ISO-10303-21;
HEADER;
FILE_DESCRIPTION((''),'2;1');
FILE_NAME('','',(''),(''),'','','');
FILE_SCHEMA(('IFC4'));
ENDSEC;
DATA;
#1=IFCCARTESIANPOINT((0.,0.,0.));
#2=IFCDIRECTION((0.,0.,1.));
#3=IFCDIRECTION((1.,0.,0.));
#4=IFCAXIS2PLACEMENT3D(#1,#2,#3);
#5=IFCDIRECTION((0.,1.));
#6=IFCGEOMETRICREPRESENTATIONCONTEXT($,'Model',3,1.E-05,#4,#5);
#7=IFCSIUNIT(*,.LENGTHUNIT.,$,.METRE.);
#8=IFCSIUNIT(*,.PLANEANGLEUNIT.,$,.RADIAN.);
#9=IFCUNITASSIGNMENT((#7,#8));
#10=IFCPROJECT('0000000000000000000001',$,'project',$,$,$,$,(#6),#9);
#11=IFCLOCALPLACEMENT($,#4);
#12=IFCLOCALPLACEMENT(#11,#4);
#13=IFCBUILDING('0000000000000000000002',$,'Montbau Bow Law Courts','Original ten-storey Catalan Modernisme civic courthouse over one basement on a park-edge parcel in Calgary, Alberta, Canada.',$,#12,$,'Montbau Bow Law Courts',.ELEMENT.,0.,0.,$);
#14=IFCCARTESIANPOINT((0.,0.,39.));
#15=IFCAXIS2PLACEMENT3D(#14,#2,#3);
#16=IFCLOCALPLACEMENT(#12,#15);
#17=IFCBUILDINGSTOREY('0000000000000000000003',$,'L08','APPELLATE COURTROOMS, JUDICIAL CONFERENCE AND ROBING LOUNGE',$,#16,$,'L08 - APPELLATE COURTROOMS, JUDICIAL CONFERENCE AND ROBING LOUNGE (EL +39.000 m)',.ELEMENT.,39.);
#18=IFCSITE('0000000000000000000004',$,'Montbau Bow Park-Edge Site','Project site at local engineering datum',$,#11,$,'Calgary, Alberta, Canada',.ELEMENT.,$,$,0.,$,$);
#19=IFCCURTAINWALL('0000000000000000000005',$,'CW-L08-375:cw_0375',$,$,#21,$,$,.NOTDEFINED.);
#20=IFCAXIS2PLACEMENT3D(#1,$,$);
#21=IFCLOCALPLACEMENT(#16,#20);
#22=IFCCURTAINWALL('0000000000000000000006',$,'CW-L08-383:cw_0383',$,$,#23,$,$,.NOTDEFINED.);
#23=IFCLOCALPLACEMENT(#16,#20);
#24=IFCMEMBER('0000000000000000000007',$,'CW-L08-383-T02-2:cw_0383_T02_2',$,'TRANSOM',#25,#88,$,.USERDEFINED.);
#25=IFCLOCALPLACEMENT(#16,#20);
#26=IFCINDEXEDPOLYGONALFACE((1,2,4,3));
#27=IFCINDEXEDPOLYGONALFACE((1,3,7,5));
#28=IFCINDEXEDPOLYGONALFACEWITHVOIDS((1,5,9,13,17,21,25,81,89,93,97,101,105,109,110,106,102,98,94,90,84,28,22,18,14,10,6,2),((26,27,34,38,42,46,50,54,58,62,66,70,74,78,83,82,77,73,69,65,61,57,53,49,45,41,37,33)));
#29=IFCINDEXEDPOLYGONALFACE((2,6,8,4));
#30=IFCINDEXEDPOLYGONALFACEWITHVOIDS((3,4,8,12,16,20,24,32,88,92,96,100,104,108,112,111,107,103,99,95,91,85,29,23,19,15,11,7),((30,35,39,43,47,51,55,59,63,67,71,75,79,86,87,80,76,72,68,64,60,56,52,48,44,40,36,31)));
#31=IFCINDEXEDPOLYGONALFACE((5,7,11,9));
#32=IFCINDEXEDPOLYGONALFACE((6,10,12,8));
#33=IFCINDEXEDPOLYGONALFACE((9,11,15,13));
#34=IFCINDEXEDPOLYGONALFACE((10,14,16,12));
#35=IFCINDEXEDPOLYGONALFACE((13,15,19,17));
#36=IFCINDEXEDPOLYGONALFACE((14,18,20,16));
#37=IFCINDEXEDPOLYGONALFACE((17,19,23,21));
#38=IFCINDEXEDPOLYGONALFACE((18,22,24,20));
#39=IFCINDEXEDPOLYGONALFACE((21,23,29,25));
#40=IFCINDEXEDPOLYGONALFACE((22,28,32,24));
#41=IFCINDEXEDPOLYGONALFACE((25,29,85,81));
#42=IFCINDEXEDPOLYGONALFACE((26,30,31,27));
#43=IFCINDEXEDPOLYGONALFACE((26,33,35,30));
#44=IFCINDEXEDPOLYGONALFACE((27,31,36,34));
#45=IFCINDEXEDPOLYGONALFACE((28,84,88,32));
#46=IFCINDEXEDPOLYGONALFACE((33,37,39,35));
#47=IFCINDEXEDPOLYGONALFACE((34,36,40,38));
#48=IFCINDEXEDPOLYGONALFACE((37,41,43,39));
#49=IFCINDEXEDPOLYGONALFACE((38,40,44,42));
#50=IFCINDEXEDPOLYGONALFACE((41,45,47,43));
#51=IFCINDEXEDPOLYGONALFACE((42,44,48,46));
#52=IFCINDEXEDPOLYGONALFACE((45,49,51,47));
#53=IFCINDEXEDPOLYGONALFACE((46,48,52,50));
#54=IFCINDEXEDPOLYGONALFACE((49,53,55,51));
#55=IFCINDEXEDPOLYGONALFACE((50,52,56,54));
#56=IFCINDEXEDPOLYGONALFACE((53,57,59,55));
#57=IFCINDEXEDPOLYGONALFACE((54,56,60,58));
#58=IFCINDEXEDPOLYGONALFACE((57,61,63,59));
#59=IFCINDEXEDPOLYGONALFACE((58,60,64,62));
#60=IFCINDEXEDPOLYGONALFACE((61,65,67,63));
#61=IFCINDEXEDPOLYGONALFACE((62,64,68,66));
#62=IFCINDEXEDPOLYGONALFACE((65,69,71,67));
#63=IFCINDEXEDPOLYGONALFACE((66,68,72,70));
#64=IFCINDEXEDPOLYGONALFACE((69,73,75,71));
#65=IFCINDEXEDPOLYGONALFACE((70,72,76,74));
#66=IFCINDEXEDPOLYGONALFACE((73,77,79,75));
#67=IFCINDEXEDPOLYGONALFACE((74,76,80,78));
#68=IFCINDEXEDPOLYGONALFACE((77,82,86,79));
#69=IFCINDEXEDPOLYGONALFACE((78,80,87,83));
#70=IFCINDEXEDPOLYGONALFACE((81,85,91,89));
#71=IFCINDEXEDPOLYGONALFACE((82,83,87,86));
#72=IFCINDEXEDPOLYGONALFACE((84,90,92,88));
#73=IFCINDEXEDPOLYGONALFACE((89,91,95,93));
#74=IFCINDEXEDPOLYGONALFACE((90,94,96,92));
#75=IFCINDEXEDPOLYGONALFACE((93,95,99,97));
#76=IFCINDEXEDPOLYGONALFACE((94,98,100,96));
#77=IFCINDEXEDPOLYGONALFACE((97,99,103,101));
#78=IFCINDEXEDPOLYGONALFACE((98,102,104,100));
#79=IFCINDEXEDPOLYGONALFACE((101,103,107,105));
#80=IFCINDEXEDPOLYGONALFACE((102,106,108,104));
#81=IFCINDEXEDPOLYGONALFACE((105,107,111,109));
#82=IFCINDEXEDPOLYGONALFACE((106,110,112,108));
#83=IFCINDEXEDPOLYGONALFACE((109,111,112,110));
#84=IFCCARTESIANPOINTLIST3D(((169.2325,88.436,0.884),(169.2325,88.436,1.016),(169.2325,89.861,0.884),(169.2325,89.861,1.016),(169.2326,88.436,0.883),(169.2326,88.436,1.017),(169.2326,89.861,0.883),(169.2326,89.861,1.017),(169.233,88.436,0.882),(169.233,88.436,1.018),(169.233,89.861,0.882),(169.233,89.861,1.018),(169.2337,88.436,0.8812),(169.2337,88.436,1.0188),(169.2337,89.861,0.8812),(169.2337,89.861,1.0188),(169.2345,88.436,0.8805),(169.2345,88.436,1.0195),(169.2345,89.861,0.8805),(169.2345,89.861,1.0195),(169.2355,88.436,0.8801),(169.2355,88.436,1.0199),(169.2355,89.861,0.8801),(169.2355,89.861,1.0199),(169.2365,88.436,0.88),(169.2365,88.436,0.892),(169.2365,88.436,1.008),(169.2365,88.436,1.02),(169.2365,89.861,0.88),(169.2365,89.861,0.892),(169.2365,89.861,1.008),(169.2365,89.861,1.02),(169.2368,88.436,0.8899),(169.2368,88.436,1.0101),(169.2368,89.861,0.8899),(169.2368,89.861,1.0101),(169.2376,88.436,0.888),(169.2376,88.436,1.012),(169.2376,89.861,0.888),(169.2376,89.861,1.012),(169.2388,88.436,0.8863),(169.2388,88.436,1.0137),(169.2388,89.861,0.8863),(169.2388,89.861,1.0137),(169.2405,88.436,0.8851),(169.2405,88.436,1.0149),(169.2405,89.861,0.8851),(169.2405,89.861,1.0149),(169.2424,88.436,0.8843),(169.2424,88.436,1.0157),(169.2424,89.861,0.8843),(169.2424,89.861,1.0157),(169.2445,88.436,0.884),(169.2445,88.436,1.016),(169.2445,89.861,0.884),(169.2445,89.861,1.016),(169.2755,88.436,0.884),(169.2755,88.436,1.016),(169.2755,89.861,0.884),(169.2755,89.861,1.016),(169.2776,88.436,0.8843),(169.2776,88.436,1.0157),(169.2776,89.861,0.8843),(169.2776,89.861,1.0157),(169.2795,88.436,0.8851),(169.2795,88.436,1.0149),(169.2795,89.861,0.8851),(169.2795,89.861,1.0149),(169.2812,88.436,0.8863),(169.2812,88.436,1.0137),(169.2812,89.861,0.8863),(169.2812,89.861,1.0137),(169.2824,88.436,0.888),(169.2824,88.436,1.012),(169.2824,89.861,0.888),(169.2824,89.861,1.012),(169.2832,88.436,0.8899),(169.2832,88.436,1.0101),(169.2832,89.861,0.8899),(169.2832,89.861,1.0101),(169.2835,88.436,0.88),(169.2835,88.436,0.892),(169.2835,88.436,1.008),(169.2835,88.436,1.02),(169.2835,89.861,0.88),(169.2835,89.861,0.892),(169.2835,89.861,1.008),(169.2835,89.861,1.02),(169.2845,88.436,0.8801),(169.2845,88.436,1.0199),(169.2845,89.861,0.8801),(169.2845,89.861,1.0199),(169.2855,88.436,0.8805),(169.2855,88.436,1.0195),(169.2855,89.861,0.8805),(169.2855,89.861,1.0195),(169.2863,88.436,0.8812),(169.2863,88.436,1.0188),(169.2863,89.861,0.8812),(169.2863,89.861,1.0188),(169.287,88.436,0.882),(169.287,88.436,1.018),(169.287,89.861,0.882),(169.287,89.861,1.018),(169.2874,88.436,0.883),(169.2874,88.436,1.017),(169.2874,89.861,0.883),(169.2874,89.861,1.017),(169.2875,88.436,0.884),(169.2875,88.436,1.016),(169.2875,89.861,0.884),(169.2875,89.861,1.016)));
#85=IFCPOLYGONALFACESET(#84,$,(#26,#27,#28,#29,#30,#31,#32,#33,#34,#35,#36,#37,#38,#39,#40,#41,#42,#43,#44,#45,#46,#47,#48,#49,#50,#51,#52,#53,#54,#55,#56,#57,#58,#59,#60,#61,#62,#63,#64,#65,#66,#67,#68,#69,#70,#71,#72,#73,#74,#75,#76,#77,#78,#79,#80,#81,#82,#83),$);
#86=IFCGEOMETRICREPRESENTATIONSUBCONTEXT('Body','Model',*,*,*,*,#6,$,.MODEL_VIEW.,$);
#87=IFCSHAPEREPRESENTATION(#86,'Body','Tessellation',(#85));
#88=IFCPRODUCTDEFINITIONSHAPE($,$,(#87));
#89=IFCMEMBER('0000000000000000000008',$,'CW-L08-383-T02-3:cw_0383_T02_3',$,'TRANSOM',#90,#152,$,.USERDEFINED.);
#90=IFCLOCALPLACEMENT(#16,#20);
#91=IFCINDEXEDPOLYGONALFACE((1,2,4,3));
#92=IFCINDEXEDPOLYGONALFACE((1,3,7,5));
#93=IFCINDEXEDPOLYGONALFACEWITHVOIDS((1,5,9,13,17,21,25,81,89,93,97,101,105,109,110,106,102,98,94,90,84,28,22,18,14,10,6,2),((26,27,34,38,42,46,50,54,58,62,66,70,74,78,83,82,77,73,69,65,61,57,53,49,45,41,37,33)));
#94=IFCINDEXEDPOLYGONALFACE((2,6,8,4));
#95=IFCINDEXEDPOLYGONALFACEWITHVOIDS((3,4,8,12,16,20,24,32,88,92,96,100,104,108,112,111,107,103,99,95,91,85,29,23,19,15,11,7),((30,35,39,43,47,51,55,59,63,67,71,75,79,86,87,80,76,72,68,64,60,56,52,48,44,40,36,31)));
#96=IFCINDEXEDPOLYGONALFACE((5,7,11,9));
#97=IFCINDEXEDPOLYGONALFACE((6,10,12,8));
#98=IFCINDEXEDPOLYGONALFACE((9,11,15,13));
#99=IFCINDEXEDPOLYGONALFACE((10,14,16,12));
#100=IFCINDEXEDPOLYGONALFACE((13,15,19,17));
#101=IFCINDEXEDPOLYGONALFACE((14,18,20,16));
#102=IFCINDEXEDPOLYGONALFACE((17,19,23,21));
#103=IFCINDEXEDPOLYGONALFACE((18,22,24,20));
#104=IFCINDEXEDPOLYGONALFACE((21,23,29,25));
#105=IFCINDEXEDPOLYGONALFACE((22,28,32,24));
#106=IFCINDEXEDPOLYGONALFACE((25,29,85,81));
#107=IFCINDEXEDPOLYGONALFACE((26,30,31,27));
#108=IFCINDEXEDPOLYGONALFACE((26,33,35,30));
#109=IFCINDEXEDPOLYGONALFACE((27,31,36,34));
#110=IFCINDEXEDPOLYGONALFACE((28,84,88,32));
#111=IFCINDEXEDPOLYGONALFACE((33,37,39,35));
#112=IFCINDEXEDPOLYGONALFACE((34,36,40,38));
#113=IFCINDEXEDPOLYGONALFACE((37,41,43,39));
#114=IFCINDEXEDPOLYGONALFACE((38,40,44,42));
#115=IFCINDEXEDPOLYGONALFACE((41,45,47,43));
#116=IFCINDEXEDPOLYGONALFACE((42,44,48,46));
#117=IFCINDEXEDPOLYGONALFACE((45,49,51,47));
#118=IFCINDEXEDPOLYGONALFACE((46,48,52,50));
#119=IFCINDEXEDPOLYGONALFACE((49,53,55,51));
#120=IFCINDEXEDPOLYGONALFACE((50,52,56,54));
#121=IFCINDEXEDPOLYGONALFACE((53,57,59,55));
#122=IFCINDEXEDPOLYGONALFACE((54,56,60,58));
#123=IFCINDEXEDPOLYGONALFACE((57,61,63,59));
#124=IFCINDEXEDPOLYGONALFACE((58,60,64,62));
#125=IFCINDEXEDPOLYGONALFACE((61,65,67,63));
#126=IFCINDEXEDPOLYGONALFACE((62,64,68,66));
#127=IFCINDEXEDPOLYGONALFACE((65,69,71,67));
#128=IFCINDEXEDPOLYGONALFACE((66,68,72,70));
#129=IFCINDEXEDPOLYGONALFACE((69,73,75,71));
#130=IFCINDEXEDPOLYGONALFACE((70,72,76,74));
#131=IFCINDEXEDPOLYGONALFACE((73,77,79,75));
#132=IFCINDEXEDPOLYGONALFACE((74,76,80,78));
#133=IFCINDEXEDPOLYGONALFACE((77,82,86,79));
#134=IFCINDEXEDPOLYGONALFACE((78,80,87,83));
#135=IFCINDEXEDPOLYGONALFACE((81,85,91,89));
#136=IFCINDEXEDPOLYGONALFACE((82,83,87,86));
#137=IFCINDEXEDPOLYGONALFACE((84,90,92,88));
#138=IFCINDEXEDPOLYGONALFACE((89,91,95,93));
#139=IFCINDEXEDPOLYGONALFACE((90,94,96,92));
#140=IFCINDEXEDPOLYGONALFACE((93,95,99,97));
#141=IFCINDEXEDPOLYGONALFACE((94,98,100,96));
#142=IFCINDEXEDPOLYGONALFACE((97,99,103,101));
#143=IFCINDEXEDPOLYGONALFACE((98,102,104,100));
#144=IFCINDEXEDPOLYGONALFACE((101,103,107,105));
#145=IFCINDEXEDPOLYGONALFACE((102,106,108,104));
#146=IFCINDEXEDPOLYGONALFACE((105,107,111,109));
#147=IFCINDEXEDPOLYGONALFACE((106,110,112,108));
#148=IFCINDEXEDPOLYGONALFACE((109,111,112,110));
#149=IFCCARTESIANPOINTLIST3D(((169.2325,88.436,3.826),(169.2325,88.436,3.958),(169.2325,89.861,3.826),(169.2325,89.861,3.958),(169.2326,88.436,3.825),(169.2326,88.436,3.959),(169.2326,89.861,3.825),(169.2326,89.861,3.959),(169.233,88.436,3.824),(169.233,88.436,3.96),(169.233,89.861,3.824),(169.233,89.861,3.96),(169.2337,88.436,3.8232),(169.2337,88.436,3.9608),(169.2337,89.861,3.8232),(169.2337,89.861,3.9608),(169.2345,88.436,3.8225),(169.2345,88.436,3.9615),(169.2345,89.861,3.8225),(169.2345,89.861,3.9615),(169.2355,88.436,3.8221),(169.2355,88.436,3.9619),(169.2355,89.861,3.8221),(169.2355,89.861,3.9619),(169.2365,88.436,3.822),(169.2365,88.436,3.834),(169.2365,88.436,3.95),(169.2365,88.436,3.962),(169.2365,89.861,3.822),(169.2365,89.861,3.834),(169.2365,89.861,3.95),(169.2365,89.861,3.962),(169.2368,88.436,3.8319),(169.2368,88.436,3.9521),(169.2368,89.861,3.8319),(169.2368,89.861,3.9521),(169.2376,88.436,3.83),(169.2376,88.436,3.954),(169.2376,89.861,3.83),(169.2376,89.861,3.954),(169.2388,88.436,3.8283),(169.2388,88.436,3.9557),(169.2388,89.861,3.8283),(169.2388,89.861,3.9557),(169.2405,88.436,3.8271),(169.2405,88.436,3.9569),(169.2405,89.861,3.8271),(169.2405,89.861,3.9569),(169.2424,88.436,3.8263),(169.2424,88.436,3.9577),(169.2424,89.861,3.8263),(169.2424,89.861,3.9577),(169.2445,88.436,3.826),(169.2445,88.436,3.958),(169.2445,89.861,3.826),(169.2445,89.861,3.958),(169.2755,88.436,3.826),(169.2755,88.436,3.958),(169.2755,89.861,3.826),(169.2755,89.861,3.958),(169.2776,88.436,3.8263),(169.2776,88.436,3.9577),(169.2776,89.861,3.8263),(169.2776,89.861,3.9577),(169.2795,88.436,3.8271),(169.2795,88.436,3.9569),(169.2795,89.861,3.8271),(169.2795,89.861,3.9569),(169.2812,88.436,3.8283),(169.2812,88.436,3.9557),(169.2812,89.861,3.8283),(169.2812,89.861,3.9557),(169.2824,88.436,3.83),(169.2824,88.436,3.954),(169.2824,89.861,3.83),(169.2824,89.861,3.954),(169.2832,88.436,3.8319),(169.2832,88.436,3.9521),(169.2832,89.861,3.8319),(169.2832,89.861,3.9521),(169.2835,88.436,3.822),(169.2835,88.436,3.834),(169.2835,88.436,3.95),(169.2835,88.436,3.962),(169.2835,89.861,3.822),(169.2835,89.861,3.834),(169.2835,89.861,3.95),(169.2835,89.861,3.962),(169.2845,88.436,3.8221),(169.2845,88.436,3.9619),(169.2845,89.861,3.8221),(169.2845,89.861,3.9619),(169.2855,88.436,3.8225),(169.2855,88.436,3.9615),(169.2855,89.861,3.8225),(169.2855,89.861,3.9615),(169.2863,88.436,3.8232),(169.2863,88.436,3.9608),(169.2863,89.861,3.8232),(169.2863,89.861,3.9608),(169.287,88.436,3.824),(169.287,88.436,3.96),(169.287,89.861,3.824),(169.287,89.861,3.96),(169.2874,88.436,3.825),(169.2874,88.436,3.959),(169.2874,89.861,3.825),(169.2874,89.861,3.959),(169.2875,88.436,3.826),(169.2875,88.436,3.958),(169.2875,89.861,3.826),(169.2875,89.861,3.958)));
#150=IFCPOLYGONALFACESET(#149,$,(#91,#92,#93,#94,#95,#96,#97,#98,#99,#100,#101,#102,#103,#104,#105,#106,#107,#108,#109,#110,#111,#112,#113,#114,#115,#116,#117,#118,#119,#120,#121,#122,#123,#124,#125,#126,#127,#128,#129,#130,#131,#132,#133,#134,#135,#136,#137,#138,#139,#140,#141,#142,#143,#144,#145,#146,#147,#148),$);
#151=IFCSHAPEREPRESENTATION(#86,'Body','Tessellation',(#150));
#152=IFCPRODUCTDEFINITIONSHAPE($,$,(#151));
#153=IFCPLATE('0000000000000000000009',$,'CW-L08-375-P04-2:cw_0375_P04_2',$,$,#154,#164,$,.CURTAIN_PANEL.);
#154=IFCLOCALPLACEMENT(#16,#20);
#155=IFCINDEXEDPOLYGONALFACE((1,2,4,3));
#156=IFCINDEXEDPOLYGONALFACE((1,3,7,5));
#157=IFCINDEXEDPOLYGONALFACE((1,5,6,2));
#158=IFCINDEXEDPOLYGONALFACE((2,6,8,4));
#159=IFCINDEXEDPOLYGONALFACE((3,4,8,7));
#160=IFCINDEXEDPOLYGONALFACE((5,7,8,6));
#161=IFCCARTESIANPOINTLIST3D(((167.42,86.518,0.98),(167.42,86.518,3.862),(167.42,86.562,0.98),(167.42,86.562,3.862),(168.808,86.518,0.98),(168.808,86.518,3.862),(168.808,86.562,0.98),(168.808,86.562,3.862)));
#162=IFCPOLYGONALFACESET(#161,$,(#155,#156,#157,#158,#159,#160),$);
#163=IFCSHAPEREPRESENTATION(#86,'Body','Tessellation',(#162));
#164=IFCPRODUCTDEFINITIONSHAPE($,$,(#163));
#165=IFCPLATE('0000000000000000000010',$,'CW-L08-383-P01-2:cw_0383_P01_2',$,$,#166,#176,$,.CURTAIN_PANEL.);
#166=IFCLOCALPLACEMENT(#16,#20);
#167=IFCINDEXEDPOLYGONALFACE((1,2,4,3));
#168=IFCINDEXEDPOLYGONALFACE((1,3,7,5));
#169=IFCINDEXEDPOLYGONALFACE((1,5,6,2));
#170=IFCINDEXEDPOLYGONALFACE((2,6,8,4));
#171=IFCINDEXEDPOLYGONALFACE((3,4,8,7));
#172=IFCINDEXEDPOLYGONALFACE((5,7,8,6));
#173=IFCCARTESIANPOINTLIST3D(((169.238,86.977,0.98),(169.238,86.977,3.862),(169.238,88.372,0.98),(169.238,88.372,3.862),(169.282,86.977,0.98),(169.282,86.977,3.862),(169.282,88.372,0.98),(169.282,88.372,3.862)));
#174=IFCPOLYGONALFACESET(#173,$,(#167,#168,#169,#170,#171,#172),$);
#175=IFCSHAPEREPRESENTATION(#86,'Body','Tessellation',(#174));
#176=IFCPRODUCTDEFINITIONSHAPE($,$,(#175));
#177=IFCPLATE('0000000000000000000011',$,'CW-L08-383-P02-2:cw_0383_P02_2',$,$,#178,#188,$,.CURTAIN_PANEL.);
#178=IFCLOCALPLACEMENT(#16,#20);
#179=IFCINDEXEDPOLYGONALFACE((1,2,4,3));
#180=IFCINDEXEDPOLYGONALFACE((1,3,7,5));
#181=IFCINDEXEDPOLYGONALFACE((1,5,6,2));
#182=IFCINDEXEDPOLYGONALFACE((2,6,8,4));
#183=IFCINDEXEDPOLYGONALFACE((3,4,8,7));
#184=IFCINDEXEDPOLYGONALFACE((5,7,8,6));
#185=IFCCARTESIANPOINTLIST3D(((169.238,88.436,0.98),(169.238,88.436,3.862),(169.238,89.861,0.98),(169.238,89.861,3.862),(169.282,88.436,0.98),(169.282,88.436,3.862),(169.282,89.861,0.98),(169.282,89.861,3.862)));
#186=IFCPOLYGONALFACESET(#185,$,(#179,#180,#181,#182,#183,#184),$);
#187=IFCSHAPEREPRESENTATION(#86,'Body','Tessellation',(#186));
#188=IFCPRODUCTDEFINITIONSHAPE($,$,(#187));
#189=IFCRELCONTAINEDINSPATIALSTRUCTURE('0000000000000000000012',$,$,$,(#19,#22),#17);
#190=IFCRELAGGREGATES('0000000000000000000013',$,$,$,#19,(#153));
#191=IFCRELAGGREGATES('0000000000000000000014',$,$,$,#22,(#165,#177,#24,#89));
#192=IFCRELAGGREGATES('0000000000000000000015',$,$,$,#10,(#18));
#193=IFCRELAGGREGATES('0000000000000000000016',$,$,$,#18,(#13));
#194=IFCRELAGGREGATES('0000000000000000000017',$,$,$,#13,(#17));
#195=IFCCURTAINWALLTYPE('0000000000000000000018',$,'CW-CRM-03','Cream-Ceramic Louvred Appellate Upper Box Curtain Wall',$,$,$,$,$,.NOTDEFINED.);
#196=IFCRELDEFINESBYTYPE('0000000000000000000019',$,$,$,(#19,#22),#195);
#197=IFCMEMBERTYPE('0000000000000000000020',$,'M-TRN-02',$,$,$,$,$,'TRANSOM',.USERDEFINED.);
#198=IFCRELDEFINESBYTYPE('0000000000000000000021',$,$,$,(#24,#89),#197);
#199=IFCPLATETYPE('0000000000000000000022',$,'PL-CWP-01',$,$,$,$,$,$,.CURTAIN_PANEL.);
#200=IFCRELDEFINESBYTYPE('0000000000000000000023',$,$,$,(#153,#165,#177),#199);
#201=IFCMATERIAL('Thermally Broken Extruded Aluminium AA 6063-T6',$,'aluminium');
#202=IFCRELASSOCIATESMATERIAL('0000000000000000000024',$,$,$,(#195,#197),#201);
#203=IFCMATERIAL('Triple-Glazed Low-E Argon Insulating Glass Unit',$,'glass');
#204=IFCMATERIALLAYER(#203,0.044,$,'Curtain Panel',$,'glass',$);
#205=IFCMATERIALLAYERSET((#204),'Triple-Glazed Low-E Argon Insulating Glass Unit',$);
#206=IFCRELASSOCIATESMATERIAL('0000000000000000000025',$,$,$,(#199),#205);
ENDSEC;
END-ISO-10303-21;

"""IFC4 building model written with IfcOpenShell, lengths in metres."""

from ifc_helpers import new_model, si_unit, direction, frame, frame_2d, origin_with_axes, origin_2d_with_axis, place, context, subcontext, project, spatial, rectangle, hollow_rectangle, extrude, material, layer, layer_set, material_profile, profile_set, type_object, element, aggregate, save


model = new_model("IFC4")

# Units and contexts
model_context = context("Model", 3, precision=1e-05, world=origin_with_axes(), true_north=direction((0.0, 1.0)))
body_context = subcontext(model_context, "Body", "Model", "MODEL_VIEW")
ifc_project = project(units=[si_unit("LENGTHUNIT", "METRE"), si_unit("PLANEANGLEUNIT", "RADIAN")], contexts=[model_context])

# Site, building, storey
site_placement = place(None, origin_with_axes())
site = spatial("IfcSite", under=ifc_project, at=site_placement, Name="Montbau Bow Park-Edge Site", Description="Project site at local engineering datum", LongName="Calgary, Alberta, Canada", CompositionType="ELEMENT", RefElevation=0.0)
building_placement = place(site_placement, origin_with_axes())
building = spatial("IfcBuilding", under=site, at=building_placement, Name="Montbau Bow Law Courts", Description="Original ten-storey Catalan Modernisme civic courthouse over one basement on a park-edge parcel in Calgary, Alberta, Canada.", LongName="Montbau Bow Law Courts", CompositionType="ELEMENT", ElevationOfRefHeight=0.0, ElevationOfTerrain=0.0)
storey_placement = place(building_placement, frame((0.0, 0.0, 39.0), z_axis=(0.0, 0.0, 1.0), x_axis=(1.0, 0.0, 0.0)))
storey = spatial("IfcBuildingStorey", under=building, at=storey_placement, Name="L08", Description="APPELLATE COURTROOMS, JUDICIAL CONFERENCE AND ROBING LOUNGE", LongName="L08 - APPELLATE COURTROOMS, JUDICIAL CONFERENCE AND ROBING LOUNGE (EL +39.000 m)", CompositionType="ELEMENT", Elevation=39.0)

# Curtain walls
ifc_material_1 = material(Name="Thermally Broken Extruded Aluminium AA 6063-T6", Category="aluminium")
curtain_wall_type = type_object("IfcCurtainWallType", Name="CW-CRM-03", Description="Cream-Ceramic Louvred Appellate Upper Box Curtain Wall", PredefinedType="NOTDEFINED", material=ifc_material_1)
curtain_wall_1_placement = place(None, frame((162.868, 86.54, 39.0), z_axis=(0.0, 0.0, 1.0), x_axis=(1.0, 0.0, 0.0)))
curtain_wall_1 = element("IfcCurtainWall", 1, at=curtain_wall_1_placement, inside=storey, type_object=curtain_wall_type, Name="CW-L08-375:cw_0375", PredefinedType="NOTDEFINED")
curtain_wall_2_placement = place(None, frame((169.26, 86.915, 39.0), z_axis=(0.0, 0.0, 1.0), x_axis=(1.0, 0.0, 0.0)))
curtain_wall_2 = element("IfcCurtainWall", 2, at=curtain_wall_2_placement, inside=storey, type_object=curtain_wall_type, Name="CW-L08-383:cw_0383", PredefinedType="NOTDEFINED")

# Members
ifc_material_profile_1 = material_profile(ifc_material_1, hollow_rectangle(XDim=0.055, YDim=0.14, WallThickness=0.004, InnerFilletRadius=0.008, OuterFilletRadius=0.004, at=origin_2d_with_axis()), Name="CWT-140X55", Category="Main", Priority=0)
ifc_profile_set_1 = profile_set([ifc_material_profile_1], Name="Thermally Broken Extruded Aluminium AA 6063-T6")
member_type_1 = type_object("IfcMemberType", Name="M-TRN-02", ElementType="TRANSOM", PredefinedType="USERDEFINED", material=ifc_profile_set_1)
member_1_placement = place(None, frame((169.26, 88.436, 39.95), z_axis=(0.0, 1.0, 0.0), x_axis=(-1.0, 0.0, 0.0)))
member_1 = element("IfcMember", 3, at=member_1_placement, type_object=member_type_1, Name="CW-L08-383-T02-2:cw_0383_T02_2", ObjectType="TRANSOM", PredefinedType="USERDEFINED", context=body_context, shape_type="SweptSolid", body=[
    extrude(hollow_rectangle(XDim=0.055, YDim=0.14, WallThickness=0.004, InnerFilletRadius=0.008, OuterFilletRadius=0.004, at=origin_2d_with_axis()), origin_with_axes(), (0.0, 0.0, 1.0), 1.425),
])
member_2_placement = place(None, frame((169.26, 88.436, 42.892), z_axis=(0.0, 1.0, 0.0), x_axis=(-1.0, 0.0, 0.0)))
member_2 = element("IfcMember", 4, at=member_2_placement, type_object=member_type_1, Name="CW-L08-383-T02-3:cw_0383_T02_3", ObjectType="TRANSOM", PredefinedType="USERDEFINED", context=body_context, shape_type="SweptSolid", body=[
    extrude(hollow_rectangle(XDim=0.055, YDim=0.14, WallThickness=0.004, InnerFilletRadius=0.008, OuterFilletRadius=0.004, at=origin_2d_with_axis()), origin_with_axes(), (0.0, 0.0, 1.0), 1.425),
])

# Plates
ifc_material_2 = material(Name="Triple-Glazed Low-E Argon Insulating Glass Unit", Category="glass")
ifc_layer_1 = layer(ifc_material_2, 0.044, Name="Curtain Panel", Category="glass")
ifc_layer_set_1 = layer_set([ifc_layer_1], Name="Triple-Glazed Low-E Argon Insulating Glass Unit")
plate_type_1 = type_object("IfcPlateType", Name="PL-CWP-01", PredefinedType="CURTAIN_PANEL", material=ifc_layer_set_1)
plate_1_placement = place(None, frame((167.42, 86.54, 39.98), z_axis=(0.0, -1.0, 0.0), x_axis=(1.0, 0.0, 0.0)))
plate_1 = element("IfcPlate", 5, at=plate_1_placement, type_object=plate_type_1, Name="CW-L08-375-P04-2:cw_0375_P04_2", PredefinedType="CURTAIN_PANEL", context=body_context, shape_type="SweptSolid", body=[
    extrude(rectangle(XDim=1.388, YDim=2.882, at=frame_2d((0.694, 1.441), x_axis=(1.0, 0.0))), frame((0.0, 0.0, -0.022), z_axis=(0.0, 0.0, 1.0), x_axis=(1.0, 0.0, 0.0)), (0.0, 0.0, 1.0), 0.044),
])
plate_2_placement = place(None, frame((169.26, 86.977, 39.98), z_axis=(1.0, 0.0, 0.0), x_axis=(0.0, 1.0, 0.0)))
plate_2 = element("IfcPlate", 6, at=plate_2_placement, type_object=plate_type_1, Name="CW-L08-383-P01-2:cw_0383_P01_2", PredefinedType="CURTAIN_PANEL", context=body_context, shape_type="SweptSolid", body=[
    extrude(rectangle(XDim=1.395, YDim=2.882, at=frame_2d((0.6975, 1.441), x_axis=(1.0, 0.0))), frame((0.0, 0.0, -0.022), z_axis=(0.0, 0.0, 1.0), x_axis=(1.0, 0.0, 0.0)), (0.0, 0.0, 1.0), 0.044),
])
plate_3_placement = place(None, frame((169.26, 88.436, 39.98), z_axis=(1.0, 0.0, 0.0), x_axis=(0.0, 1.0, 0.0)))
plate_3 = element("IfcPlate", 7, at=plate_3_placement, type_object=plate_type_1, Name="CW-L08-383-P02-2:cw_0383_P02_2", PredefinedType="CURTAIN_PANEL", context=body_context, shape_type="SweptSolid", body=[
    extrude(rectangle(XDim=1.425, YDim=2.882, at=frame_2d((0.7125, 1.441), x_axis=(1.0, 0.0))), frame((0.0, 0.0, -0.022), z_axis=(0.0, 0.0, 1.0), x_axis=(1.0, 0.0, 0.0)), (0.0, 0.0, 1.0), 0.044),
])
aggregate(curtain_wall_1, [plate_1])
aggregate(curtain_wall_2, [plate_2, plate_3, member_1, member_2])

save(model, "model.ifc")
